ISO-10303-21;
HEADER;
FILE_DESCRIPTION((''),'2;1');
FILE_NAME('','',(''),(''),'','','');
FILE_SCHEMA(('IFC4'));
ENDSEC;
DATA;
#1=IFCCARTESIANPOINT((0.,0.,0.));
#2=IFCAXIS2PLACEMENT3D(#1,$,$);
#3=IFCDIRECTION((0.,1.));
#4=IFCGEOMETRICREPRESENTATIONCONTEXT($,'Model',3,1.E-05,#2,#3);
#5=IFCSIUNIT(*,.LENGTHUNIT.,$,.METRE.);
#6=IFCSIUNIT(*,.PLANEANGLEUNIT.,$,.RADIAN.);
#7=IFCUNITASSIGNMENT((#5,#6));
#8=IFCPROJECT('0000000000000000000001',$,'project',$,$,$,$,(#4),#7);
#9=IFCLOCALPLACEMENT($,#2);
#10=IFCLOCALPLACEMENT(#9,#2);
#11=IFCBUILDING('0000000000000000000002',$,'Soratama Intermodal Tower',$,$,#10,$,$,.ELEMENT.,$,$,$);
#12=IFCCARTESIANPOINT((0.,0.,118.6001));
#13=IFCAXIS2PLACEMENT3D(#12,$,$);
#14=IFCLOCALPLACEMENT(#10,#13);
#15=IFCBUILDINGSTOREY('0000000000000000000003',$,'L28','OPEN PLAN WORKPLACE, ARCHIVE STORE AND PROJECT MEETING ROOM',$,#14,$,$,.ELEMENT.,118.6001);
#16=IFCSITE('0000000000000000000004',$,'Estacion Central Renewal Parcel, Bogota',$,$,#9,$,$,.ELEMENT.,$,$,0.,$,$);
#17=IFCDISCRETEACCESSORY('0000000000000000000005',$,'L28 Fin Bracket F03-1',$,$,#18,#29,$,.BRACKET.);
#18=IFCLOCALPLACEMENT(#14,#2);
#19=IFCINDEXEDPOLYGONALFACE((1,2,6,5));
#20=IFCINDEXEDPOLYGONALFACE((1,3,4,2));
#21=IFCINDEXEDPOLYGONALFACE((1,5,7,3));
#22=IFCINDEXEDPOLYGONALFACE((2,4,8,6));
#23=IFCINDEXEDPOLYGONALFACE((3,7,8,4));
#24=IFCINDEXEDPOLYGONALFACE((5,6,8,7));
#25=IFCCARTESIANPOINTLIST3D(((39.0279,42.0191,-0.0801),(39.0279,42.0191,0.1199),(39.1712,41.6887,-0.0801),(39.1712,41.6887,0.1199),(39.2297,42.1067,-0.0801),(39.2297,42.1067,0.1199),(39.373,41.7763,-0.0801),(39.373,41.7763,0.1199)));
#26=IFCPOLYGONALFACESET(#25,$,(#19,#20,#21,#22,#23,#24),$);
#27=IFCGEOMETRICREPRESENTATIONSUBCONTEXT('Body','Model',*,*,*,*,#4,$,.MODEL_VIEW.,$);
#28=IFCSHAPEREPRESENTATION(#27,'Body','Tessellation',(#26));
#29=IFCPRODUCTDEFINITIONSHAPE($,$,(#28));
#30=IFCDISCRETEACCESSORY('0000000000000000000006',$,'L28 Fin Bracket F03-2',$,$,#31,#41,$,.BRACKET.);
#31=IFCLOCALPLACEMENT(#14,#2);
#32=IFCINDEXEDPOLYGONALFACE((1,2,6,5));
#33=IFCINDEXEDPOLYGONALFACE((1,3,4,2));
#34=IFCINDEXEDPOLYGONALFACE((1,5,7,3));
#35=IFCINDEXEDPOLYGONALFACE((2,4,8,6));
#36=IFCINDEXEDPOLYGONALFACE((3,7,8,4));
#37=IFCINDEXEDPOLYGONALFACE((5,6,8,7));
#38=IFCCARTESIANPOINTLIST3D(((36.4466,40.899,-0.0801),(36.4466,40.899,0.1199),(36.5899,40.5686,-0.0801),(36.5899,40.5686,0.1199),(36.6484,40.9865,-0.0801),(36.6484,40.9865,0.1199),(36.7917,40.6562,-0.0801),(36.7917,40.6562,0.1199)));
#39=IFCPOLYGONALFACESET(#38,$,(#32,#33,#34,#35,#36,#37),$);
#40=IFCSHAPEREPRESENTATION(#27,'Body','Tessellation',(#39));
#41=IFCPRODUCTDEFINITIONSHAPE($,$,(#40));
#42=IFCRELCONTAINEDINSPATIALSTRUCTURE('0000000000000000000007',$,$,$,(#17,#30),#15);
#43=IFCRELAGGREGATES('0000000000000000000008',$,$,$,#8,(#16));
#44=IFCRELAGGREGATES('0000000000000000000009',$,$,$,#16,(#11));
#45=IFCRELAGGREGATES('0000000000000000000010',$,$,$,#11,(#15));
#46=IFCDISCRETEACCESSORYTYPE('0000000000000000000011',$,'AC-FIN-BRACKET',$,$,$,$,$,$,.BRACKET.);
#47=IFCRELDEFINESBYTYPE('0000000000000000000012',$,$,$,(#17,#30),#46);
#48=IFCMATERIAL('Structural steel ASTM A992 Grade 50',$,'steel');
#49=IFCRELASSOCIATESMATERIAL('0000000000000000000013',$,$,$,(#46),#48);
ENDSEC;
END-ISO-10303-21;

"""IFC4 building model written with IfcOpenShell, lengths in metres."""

from ifc_helpers import new_model, si_unit, direction, frame, origin, origin_2d, place, context, subcontext, project, spatial, rectangle, extrude, material, type_object, element, save


model = new_model("IFC4")

# Units and contexts
model_context = context("Model", 3, precision=1e-05, world=origin(), true_north=direction((0.0, 1.0)))
body_context = subcontext(model_context, "Body", "Model", "MODEL_VIEW")
ifc_project = project(units=[si_unit("LENGTHUNIT", "METRE"), si_unit("PLANEANGLEUNIT", "RADIAN")], contexts=[model_context])

# Site, building, storey
site_placement = place(None, origin())
site = spatial("IfcSite", under=ifc_project, at=site_placement, Name="Estacion Central Renewal Parcel, Bogota", CompositionType="ELEMENT", RefElevation=0.0)
building_placement = place(site_placement, origin())
building = spatial("IfcBuilding", under=site, at=building_placement, Name="Soratama Intermodal Tower", CompositionType="ELEMENT")
storey_placement = place(building_placement, frame((0.0, 0.0, 118.6001)))
storey = spatial("IfcBuildingStorey", under=building, at=storey_placement, Name="L28", Description="OPEN PLAN WORKPLACE, ARCHIVE STORE AND PROJECT MEETING ROOM", CompositionType="ELEMENT", Elevation=118.6001)

# Discrete accessories
ifc_material_1 = material(Name="Structural steel ASTM A992 Grade 50", Category="steel")
discrete_accessory_type = type_object("IfcDiscreteAccessoryType", Name="AC-FIN-BRACKET", PredefinedType="BRACKET", material=ifc_material_1)
for number, where, z_axis, x_axis, name in (
    (1, (39.2004, 41.8977, -0.0801), (0.0, 0.0, 1.0), (-0.398109, 0.917338, 0.0), "L28 Fin Bracket F03-1"),
    (2, (36.6191, 40.7776, -0.0801), (0.0, 0.0, 1.0), (-0.398109, 0.917338, 0.0), "L28 Fin Bracket F03-2"),
):
    element("IfcDiscreteAccessory", number, at=place(storey_placement, frame(where, z_axis=z_axis, x_axis=x_axis)), inside=storey, type_object=discrete_accessory_type, Name=name, PredefinedType="BRACKET", context=body_context, shape_type="SweptSolid", body=[
        extrude(rectangle(XDim=0.3601, YDim=0.22, at=origin_2d()), origin(), (0.0, 0.0, 1.0), 0.2),
    ])

save(model, "model.ifc")
